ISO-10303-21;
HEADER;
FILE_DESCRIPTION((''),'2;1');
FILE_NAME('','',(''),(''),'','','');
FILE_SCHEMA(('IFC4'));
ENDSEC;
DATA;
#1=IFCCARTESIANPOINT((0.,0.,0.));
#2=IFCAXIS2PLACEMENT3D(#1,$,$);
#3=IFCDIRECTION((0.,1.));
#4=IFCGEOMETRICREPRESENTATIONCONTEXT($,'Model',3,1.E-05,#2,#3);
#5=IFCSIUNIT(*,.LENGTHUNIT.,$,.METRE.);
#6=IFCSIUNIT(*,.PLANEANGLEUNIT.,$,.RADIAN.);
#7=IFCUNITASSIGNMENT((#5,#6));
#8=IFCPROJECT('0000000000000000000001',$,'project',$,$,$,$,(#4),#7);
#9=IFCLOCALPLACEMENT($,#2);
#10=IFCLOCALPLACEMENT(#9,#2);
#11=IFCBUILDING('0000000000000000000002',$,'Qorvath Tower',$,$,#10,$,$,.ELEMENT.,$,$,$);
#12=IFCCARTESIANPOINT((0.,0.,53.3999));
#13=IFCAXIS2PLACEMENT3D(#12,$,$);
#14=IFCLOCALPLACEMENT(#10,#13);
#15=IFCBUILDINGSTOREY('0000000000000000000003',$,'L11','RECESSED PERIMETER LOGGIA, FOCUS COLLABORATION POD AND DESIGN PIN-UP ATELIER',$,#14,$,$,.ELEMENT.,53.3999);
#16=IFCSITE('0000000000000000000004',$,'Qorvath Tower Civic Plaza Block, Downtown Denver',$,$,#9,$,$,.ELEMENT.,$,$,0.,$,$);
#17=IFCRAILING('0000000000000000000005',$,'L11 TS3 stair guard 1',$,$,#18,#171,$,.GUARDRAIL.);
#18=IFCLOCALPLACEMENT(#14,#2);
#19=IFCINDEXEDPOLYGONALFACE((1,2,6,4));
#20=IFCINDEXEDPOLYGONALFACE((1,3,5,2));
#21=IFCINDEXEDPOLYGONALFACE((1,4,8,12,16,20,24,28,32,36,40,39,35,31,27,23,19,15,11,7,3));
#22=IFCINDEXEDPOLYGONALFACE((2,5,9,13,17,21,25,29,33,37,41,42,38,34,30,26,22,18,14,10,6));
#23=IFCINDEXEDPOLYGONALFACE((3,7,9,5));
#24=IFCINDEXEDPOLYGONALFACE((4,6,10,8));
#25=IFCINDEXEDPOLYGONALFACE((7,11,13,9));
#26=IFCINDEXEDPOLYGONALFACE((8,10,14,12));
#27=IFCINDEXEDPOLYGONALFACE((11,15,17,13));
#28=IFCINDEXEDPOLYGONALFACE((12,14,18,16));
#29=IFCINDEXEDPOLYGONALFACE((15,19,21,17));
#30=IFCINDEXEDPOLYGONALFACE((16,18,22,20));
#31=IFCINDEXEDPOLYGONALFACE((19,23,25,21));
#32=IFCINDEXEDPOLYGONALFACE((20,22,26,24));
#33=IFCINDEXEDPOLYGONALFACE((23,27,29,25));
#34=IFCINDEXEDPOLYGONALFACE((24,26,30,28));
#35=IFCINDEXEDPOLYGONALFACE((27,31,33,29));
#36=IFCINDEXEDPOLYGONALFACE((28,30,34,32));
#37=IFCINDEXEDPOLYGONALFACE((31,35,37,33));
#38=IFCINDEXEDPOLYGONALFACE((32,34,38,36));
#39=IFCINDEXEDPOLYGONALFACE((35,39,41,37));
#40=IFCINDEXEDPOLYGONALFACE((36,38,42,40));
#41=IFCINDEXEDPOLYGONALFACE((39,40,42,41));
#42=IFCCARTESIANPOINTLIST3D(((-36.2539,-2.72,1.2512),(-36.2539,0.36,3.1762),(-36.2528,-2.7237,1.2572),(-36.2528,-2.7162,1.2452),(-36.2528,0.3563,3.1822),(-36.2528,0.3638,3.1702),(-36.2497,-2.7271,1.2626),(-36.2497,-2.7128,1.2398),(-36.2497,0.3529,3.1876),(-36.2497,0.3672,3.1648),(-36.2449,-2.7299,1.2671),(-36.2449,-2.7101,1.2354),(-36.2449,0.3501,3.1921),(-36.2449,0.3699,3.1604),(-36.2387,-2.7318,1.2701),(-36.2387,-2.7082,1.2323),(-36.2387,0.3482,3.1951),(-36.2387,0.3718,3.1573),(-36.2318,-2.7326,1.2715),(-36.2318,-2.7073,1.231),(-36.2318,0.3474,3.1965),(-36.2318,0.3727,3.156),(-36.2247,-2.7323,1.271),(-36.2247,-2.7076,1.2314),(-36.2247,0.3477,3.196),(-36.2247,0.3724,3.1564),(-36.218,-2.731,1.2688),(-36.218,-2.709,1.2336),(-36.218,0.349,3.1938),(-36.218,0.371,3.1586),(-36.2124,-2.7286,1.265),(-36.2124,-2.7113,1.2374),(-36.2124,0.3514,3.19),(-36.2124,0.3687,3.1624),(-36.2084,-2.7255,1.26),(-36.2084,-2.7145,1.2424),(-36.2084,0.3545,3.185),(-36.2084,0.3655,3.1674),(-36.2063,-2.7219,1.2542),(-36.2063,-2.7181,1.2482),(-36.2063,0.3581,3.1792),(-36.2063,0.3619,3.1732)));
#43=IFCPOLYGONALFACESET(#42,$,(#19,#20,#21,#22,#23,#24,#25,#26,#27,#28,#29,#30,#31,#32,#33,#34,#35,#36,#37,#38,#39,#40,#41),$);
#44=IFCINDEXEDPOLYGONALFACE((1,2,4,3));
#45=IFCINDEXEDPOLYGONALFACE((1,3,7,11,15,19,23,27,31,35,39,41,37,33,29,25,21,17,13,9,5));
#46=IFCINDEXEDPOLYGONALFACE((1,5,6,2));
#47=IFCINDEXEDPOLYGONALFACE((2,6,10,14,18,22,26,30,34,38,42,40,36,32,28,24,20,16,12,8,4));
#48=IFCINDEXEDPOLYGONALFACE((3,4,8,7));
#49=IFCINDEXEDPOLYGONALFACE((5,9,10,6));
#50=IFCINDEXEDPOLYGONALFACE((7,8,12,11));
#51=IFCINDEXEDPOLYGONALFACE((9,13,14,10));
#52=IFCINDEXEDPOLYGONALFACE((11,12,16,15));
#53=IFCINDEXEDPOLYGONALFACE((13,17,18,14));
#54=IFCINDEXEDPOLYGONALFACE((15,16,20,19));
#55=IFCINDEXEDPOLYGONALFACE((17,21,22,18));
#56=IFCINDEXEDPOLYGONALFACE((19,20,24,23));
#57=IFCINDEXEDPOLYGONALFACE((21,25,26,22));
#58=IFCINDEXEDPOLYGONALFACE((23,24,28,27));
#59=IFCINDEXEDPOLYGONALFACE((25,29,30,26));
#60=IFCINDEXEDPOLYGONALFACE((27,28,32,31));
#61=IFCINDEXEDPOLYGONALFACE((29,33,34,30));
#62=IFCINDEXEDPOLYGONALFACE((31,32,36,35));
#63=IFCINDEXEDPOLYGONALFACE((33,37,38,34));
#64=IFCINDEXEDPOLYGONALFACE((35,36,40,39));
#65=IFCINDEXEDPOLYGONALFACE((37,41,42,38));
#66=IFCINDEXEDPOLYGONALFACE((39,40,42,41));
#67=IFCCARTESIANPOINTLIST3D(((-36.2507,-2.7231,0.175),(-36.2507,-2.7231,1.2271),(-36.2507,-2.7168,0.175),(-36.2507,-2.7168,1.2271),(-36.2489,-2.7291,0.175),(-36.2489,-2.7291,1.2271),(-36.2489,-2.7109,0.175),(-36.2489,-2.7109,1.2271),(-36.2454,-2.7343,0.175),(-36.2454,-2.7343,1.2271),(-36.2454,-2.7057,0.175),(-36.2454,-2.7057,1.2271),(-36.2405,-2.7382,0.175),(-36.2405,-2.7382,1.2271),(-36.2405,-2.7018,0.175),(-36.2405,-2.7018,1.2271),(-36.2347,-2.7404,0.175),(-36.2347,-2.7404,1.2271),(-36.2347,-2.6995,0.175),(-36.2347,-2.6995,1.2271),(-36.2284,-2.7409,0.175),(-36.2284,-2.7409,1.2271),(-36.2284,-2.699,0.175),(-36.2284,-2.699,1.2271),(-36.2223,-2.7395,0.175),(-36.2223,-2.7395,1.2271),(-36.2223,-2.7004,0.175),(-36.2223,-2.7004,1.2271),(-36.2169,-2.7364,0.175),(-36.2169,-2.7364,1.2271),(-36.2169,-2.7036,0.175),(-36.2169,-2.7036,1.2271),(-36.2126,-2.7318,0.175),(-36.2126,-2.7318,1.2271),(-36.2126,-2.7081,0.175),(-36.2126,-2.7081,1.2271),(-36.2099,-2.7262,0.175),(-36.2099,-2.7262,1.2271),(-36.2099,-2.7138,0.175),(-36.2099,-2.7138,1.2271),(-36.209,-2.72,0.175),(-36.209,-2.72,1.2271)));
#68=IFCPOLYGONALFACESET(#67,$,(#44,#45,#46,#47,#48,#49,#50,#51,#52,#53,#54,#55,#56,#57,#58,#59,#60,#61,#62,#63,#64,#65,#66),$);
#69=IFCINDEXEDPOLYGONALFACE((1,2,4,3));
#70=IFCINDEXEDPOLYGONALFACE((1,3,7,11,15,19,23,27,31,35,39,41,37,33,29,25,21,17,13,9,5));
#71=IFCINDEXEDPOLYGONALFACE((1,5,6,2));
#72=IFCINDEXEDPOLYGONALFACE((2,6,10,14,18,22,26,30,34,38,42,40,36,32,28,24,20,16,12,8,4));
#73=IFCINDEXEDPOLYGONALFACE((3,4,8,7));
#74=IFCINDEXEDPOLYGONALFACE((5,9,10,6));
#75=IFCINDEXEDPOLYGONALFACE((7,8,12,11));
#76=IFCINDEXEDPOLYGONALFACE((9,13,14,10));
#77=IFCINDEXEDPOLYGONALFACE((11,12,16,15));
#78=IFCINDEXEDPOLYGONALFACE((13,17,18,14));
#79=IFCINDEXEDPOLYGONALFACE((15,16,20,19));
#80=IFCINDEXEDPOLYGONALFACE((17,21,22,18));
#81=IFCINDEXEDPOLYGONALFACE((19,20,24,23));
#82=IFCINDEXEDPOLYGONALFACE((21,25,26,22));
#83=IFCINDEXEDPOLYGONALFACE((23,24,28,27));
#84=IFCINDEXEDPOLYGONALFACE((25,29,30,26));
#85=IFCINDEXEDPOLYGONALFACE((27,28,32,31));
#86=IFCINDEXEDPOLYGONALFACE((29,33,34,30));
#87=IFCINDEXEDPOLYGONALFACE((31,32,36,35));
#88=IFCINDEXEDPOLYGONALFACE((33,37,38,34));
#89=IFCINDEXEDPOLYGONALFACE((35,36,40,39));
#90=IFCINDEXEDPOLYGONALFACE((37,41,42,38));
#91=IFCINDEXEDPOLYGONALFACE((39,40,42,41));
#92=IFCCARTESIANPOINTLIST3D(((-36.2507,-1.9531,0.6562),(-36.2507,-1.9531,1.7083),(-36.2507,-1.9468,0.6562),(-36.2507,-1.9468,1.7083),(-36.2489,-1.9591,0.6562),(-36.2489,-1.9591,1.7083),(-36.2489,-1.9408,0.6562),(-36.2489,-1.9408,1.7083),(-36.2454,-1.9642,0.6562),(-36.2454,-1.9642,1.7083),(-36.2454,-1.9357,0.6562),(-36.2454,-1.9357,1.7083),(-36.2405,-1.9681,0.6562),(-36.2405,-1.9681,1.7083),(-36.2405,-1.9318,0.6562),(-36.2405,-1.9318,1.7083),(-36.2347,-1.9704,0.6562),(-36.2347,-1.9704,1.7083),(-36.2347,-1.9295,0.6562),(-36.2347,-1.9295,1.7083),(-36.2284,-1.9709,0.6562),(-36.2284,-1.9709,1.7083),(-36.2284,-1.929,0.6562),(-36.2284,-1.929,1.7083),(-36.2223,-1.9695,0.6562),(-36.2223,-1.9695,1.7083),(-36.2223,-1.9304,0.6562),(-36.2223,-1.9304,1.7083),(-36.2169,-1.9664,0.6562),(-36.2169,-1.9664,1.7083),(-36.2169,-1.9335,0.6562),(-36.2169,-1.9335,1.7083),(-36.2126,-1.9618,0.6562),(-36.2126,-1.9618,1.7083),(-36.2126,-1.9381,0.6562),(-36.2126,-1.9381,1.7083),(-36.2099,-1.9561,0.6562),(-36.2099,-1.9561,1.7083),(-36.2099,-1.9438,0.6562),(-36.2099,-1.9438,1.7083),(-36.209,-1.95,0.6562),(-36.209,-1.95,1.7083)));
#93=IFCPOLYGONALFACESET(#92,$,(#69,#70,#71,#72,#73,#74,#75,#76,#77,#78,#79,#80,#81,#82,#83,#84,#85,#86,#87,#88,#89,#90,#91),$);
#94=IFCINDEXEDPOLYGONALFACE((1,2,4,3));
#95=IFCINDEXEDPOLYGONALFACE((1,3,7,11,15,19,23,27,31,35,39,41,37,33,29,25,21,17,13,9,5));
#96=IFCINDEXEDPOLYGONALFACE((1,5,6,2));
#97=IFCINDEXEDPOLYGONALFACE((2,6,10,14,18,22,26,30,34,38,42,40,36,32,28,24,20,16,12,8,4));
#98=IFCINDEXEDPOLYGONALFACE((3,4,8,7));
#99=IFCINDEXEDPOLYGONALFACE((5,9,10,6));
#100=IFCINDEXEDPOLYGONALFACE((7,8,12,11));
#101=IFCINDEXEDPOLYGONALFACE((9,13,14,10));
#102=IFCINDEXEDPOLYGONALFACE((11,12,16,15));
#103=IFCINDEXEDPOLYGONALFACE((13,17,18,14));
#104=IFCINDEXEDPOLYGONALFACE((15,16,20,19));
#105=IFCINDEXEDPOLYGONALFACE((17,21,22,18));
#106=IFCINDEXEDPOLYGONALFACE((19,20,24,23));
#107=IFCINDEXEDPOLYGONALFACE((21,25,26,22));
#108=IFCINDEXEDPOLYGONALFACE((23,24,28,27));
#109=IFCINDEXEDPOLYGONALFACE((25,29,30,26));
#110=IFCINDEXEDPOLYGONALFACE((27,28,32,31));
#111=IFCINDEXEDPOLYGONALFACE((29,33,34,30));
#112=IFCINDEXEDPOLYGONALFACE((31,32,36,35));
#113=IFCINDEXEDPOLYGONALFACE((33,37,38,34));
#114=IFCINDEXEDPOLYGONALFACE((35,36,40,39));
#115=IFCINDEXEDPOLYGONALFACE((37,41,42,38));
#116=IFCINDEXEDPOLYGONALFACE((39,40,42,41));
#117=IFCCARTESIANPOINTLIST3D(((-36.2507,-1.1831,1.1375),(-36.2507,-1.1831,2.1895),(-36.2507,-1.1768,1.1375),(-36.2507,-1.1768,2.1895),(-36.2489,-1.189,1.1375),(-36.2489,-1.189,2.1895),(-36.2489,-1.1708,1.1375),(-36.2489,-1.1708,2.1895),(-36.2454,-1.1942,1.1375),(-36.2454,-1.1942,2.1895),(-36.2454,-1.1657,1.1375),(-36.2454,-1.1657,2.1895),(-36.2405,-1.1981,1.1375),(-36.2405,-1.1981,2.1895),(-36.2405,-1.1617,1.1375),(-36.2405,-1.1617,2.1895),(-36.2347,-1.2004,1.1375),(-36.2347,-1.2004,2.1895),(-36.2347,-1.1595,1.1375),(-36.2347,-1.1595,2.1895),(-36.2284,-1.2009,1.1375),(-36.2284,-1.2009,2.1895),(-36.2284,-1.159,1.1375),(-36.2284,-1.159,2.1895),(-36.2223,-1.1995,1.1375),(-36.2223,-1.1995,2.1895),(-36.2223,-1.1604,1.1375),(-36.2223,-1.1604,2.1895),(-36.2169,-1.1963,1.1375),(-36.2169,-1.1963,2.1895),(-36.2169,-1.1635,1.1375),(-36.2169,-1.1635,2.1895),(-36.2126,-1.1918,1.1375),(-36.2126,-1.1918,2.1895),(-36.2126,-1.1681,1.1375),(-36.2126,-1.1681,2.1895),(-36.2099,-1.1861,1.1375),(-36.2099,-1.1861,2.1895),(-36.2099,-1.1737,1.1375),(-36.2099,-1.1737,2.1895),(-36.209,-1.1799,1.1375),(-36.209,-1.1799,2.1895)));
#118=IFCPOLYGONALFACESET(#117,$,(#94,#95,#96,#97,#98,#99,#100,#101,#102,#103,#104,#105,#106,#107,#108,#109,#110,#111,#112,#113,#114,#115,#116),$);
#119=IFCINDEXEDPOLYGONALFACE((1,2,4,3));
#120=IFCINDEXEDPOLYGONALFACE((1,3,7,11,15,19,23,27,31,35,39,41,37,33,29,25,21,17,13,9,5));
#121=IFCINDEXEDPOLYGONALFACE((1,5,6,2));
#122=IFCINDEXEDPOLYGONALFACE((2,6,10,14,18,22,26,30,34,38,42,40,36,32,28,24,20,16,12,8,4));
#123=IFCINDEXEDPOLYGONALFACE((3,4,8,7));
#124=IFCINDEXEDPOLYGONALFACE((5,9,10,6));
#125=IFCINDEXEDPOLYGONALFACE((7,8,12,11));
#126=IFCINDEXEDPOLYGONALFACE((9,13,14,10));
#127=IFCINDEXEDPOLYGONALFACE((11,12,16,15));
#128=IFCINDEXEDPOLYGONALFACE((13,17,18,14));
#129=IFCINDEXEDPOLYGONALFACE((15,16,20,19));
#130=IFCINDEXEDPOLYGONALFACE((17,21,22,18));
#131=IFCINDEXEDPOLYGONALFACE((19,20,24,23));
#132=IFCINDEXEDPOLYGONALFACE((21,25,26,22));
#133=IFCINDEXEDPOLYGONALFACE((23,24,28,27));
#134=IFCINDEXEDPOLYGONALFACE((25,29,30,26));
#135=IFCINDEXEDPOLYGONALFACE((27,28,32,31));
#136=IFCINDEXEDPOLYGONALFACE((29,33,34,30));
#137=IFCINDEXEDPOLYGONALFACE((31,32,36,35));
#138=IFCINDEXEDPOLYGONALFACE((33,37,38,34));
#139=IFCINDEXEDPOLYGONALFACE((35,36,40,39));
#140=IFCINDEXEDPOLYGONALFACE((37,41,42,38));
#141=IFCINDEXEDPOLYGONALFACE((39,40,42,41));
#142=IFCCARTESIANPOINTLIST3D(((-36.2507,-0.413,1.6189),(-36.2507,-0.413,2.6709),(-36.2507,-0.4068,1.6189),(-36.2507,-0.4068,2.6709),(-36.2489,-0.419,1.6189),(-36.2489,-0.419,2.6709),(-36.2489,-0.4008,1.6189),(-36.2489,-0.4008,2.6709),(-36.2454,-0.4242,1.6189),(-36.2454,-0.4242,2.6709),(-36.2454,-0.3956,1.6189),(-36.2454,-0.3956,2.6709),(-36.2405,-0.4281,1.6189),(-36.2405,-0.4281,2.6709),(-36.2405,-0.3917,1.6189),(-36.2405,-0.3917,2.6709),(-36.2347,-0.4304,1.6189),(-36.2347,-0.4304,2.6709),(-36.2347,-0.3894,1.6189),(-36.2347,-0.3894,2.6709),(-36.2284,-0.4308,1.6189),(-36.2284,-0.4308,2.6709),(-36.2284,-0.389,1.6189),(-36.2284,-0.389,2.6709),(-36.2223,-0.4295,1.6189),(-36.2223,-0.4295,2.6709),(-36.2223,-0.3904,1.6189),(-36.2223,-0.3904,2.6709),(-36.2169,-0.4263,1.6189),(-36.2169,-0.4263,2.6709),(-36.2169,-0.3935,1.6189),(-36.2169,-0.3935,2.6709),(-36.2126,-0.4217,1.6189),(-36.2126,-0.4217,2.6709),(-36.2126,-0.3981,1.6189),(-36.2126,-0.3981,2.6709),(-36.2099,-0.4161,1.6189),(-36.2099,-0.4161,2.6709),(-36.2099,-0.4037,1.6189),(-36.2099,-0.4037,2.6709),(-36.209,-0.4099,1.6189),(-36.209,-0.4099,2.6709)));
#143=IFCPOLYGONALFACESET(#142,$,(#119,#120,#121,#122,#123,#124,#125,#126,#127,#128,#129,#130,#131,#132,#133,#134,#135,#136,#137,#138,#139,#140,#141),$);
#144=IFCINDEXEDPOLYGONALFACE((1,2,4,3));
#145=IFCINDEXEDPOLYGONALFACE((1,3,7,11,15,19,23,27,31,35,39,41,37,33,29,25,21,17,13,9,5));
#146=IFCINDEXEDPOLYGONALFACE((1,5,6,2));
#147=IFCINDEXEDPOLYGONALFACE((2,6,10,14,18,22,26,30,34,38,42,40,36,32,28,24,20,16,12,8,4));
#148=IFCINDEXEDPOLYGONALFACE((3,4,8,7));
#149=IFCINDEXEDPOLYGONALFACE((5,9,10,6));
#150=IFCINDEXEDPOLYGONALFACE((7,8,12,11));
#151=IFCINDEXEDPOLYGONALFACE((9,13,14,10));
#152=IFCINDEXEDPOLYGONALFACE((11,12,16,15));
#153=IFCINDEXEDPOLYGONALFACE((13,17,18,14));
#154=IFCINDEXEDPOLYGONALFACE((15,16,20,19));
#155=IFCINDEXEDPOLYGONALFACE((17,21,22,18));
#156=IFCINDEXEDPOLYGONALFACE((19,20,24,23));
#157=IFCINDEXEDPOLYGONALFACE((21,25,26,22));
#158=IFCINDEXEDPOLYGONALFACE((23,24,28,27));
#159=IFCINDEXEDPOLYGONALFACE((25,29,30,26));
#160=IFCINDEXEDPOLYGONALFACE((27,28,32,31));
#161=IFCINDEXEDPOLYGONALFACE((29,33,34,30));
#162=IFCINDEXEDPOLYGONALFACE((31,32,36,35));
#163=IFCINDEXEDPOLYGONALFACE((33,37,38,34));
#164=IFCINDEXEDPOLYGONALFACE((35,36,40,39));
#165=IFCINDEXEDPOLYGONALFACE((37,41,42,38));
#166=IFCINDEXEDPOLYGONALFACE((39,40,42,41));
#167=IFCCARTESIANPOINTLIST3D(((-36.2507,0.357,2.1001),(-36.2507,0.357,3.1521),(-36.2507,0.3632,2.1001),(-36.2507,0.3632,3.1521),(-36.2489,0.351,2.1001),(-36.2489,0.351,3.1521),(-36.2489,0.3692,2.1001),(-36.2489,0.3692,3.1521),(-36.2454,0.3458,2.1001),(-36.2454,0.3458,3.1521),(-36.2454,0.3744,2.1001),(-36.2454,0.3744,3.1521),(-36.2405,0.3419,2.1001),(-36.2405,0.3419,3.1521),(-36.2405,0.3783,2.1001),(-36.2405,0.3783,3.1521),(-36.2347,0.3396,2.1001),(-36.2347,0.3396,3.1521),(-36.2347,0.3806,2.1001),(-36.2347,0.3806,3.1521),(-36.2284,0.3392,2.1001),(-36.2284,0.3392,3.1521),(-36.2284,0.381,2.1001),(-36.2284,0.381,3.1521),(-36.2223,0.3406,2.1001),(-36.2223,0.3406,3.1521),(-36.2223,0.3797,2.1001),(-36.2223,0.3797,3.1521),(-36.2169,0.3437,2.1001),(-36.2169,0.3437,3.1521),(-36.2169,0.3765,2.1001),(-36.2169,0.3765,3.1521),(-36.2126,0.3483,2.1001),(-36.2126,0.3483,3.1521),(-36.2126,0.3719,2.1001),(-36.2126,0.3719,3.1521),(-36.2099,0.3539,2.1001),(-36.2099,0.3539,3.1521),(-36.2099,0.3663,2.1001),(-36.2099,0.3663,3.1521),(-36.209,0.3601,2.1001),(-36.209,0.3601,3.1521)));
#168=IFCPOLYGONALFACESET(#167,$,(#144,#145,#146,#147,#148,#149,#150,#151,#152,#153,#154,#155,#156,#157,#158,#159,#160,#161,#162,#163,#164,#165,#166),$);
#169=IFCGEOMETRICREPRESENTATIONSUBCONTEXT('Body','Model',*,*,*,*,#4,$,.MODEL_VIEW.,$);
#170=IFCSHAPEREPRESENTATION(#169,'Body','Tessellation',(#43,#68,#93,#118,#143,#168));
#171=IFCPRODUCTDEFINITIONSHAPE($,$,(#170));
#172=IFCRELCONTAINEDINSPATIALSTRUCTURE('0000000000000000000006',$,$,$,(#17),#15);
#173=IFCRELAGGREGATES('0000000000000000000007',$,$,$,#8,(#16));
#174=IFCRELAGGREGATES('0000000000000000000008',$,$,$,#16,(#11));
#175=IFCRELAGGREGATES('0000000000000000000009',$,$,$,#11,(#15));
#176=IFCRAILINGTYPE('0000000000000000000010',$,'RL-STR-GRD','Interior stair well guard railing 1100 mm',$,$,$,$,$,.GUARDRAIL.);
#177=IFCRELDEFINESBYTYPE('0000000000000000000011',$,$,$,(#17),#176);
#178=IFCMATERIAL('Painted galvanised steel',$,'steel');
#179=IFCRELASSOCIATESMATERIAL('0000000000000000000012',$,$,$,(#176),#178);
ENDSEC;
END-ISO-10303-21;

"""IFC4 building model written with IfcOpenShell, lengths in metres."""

from ifc_helpers import new_model, si_unit, direction, frame, origin, origin_2d, place, context, subcontext, project, spatial, circle, extrude, material, type_object, element, save


model = new_model("IFC4")

# Units and contexts
model_context = context("Model", 3, precision=1e-05, world=origin(), true_north=direction((0.0, 1.0)))
body_context = subcontext(model_context, "Body", "Model", "MODEL_VIEW")
ifc_project = project(units=[si_unit("LENGTHUNIT", "METRE"), si_unit("PLANEANGLEUNIT", "RADIAN")], contexts=[model_context])

# Site, building, storey
site_placement = place(None, origin())
site = spatial("IfcSite", under=ifc_project, at=site_placement, Name="Qorvath Tower Civic Plaza Block, Downtown Denver", CompositionType="ELEMENT", RefElevation=0.0)
building_placement = place(site_placement, origin())
building = spatial("IfcBuilding", under=site, at=building_placement, Name="Qorvath Tower", CompositionType="ELEMENT")
storey_placement = place(building_placement, frame((0.0, 0.0, 53.3999)))
storey = spatial("IfcBuildingStorey", under=building, at=storey_placement, Name="L11", Description="RECESSED PERIMETER LOGGIA, FOCUS COLLABORATION POD AND DESIGN PIN-UP ATELIER", CompositionType="ELEMENT", Elevation=53.3999)

# Railing
ifc_material_1 = material(Name="Painted galvanised steel", Category="steel")
railing_type_1 = type_object("IfcRailingType", Name="RL-STR-GRD", Description="Interior stair well guard railing 1100 mm", PredefinedType="GUARDRAIL", material=ifc_material_1)
railing_1_placement = place(storey_placement, frame((-36.23, -2.72, 0.175)))
element("IfcRailing", 1, at=railing_1_placement, inside=storey, type_object=railing_type_1, Name="L11 TS3 stair guard 1", PredefinedType="GUARDRAIL", context=body_context, shape_type="SweptSolid", body=[
    extrude(circle(Radius=0.0239, at=origin_2d()), frame((0.0, 0.0, 1.0762), z_axis=(0.0, 0.847998, 0.529999), x_axis=(-1.0, 0.0, 0.0)), (0.0, 0.0, 1.0), 3.6321),
    extrude(circle(Radius=0.021, at=origin_2d()), origin(), (0.0, 0.0, 1.0), 1.052),
    extrude(circle(Radius=0.021, at=origin_2d()), frame((0.0, 0.77, 0.4812)), (0.0, 0.0, 1.0), 1.052),
    extrude(circle(Radius=0.021, at=origin_2d()), frame((0.0, 1.54, 0.9624)), (0.0, 0.0, 1.0), 1.052),
    extrude(circle(Radius=0.021, at=origin_2d()), frame((0.0, 2.3101, 1.4438)), (0.0, 0.0, 1.0), 1.052),
    extrude(circle(Radius=0.021, at=origin_2d()), frame((0.0, 3.0801, 1.925)), (0.0, 0.0, 1.0), 1.052),
])

save(model, "model.ifc")
